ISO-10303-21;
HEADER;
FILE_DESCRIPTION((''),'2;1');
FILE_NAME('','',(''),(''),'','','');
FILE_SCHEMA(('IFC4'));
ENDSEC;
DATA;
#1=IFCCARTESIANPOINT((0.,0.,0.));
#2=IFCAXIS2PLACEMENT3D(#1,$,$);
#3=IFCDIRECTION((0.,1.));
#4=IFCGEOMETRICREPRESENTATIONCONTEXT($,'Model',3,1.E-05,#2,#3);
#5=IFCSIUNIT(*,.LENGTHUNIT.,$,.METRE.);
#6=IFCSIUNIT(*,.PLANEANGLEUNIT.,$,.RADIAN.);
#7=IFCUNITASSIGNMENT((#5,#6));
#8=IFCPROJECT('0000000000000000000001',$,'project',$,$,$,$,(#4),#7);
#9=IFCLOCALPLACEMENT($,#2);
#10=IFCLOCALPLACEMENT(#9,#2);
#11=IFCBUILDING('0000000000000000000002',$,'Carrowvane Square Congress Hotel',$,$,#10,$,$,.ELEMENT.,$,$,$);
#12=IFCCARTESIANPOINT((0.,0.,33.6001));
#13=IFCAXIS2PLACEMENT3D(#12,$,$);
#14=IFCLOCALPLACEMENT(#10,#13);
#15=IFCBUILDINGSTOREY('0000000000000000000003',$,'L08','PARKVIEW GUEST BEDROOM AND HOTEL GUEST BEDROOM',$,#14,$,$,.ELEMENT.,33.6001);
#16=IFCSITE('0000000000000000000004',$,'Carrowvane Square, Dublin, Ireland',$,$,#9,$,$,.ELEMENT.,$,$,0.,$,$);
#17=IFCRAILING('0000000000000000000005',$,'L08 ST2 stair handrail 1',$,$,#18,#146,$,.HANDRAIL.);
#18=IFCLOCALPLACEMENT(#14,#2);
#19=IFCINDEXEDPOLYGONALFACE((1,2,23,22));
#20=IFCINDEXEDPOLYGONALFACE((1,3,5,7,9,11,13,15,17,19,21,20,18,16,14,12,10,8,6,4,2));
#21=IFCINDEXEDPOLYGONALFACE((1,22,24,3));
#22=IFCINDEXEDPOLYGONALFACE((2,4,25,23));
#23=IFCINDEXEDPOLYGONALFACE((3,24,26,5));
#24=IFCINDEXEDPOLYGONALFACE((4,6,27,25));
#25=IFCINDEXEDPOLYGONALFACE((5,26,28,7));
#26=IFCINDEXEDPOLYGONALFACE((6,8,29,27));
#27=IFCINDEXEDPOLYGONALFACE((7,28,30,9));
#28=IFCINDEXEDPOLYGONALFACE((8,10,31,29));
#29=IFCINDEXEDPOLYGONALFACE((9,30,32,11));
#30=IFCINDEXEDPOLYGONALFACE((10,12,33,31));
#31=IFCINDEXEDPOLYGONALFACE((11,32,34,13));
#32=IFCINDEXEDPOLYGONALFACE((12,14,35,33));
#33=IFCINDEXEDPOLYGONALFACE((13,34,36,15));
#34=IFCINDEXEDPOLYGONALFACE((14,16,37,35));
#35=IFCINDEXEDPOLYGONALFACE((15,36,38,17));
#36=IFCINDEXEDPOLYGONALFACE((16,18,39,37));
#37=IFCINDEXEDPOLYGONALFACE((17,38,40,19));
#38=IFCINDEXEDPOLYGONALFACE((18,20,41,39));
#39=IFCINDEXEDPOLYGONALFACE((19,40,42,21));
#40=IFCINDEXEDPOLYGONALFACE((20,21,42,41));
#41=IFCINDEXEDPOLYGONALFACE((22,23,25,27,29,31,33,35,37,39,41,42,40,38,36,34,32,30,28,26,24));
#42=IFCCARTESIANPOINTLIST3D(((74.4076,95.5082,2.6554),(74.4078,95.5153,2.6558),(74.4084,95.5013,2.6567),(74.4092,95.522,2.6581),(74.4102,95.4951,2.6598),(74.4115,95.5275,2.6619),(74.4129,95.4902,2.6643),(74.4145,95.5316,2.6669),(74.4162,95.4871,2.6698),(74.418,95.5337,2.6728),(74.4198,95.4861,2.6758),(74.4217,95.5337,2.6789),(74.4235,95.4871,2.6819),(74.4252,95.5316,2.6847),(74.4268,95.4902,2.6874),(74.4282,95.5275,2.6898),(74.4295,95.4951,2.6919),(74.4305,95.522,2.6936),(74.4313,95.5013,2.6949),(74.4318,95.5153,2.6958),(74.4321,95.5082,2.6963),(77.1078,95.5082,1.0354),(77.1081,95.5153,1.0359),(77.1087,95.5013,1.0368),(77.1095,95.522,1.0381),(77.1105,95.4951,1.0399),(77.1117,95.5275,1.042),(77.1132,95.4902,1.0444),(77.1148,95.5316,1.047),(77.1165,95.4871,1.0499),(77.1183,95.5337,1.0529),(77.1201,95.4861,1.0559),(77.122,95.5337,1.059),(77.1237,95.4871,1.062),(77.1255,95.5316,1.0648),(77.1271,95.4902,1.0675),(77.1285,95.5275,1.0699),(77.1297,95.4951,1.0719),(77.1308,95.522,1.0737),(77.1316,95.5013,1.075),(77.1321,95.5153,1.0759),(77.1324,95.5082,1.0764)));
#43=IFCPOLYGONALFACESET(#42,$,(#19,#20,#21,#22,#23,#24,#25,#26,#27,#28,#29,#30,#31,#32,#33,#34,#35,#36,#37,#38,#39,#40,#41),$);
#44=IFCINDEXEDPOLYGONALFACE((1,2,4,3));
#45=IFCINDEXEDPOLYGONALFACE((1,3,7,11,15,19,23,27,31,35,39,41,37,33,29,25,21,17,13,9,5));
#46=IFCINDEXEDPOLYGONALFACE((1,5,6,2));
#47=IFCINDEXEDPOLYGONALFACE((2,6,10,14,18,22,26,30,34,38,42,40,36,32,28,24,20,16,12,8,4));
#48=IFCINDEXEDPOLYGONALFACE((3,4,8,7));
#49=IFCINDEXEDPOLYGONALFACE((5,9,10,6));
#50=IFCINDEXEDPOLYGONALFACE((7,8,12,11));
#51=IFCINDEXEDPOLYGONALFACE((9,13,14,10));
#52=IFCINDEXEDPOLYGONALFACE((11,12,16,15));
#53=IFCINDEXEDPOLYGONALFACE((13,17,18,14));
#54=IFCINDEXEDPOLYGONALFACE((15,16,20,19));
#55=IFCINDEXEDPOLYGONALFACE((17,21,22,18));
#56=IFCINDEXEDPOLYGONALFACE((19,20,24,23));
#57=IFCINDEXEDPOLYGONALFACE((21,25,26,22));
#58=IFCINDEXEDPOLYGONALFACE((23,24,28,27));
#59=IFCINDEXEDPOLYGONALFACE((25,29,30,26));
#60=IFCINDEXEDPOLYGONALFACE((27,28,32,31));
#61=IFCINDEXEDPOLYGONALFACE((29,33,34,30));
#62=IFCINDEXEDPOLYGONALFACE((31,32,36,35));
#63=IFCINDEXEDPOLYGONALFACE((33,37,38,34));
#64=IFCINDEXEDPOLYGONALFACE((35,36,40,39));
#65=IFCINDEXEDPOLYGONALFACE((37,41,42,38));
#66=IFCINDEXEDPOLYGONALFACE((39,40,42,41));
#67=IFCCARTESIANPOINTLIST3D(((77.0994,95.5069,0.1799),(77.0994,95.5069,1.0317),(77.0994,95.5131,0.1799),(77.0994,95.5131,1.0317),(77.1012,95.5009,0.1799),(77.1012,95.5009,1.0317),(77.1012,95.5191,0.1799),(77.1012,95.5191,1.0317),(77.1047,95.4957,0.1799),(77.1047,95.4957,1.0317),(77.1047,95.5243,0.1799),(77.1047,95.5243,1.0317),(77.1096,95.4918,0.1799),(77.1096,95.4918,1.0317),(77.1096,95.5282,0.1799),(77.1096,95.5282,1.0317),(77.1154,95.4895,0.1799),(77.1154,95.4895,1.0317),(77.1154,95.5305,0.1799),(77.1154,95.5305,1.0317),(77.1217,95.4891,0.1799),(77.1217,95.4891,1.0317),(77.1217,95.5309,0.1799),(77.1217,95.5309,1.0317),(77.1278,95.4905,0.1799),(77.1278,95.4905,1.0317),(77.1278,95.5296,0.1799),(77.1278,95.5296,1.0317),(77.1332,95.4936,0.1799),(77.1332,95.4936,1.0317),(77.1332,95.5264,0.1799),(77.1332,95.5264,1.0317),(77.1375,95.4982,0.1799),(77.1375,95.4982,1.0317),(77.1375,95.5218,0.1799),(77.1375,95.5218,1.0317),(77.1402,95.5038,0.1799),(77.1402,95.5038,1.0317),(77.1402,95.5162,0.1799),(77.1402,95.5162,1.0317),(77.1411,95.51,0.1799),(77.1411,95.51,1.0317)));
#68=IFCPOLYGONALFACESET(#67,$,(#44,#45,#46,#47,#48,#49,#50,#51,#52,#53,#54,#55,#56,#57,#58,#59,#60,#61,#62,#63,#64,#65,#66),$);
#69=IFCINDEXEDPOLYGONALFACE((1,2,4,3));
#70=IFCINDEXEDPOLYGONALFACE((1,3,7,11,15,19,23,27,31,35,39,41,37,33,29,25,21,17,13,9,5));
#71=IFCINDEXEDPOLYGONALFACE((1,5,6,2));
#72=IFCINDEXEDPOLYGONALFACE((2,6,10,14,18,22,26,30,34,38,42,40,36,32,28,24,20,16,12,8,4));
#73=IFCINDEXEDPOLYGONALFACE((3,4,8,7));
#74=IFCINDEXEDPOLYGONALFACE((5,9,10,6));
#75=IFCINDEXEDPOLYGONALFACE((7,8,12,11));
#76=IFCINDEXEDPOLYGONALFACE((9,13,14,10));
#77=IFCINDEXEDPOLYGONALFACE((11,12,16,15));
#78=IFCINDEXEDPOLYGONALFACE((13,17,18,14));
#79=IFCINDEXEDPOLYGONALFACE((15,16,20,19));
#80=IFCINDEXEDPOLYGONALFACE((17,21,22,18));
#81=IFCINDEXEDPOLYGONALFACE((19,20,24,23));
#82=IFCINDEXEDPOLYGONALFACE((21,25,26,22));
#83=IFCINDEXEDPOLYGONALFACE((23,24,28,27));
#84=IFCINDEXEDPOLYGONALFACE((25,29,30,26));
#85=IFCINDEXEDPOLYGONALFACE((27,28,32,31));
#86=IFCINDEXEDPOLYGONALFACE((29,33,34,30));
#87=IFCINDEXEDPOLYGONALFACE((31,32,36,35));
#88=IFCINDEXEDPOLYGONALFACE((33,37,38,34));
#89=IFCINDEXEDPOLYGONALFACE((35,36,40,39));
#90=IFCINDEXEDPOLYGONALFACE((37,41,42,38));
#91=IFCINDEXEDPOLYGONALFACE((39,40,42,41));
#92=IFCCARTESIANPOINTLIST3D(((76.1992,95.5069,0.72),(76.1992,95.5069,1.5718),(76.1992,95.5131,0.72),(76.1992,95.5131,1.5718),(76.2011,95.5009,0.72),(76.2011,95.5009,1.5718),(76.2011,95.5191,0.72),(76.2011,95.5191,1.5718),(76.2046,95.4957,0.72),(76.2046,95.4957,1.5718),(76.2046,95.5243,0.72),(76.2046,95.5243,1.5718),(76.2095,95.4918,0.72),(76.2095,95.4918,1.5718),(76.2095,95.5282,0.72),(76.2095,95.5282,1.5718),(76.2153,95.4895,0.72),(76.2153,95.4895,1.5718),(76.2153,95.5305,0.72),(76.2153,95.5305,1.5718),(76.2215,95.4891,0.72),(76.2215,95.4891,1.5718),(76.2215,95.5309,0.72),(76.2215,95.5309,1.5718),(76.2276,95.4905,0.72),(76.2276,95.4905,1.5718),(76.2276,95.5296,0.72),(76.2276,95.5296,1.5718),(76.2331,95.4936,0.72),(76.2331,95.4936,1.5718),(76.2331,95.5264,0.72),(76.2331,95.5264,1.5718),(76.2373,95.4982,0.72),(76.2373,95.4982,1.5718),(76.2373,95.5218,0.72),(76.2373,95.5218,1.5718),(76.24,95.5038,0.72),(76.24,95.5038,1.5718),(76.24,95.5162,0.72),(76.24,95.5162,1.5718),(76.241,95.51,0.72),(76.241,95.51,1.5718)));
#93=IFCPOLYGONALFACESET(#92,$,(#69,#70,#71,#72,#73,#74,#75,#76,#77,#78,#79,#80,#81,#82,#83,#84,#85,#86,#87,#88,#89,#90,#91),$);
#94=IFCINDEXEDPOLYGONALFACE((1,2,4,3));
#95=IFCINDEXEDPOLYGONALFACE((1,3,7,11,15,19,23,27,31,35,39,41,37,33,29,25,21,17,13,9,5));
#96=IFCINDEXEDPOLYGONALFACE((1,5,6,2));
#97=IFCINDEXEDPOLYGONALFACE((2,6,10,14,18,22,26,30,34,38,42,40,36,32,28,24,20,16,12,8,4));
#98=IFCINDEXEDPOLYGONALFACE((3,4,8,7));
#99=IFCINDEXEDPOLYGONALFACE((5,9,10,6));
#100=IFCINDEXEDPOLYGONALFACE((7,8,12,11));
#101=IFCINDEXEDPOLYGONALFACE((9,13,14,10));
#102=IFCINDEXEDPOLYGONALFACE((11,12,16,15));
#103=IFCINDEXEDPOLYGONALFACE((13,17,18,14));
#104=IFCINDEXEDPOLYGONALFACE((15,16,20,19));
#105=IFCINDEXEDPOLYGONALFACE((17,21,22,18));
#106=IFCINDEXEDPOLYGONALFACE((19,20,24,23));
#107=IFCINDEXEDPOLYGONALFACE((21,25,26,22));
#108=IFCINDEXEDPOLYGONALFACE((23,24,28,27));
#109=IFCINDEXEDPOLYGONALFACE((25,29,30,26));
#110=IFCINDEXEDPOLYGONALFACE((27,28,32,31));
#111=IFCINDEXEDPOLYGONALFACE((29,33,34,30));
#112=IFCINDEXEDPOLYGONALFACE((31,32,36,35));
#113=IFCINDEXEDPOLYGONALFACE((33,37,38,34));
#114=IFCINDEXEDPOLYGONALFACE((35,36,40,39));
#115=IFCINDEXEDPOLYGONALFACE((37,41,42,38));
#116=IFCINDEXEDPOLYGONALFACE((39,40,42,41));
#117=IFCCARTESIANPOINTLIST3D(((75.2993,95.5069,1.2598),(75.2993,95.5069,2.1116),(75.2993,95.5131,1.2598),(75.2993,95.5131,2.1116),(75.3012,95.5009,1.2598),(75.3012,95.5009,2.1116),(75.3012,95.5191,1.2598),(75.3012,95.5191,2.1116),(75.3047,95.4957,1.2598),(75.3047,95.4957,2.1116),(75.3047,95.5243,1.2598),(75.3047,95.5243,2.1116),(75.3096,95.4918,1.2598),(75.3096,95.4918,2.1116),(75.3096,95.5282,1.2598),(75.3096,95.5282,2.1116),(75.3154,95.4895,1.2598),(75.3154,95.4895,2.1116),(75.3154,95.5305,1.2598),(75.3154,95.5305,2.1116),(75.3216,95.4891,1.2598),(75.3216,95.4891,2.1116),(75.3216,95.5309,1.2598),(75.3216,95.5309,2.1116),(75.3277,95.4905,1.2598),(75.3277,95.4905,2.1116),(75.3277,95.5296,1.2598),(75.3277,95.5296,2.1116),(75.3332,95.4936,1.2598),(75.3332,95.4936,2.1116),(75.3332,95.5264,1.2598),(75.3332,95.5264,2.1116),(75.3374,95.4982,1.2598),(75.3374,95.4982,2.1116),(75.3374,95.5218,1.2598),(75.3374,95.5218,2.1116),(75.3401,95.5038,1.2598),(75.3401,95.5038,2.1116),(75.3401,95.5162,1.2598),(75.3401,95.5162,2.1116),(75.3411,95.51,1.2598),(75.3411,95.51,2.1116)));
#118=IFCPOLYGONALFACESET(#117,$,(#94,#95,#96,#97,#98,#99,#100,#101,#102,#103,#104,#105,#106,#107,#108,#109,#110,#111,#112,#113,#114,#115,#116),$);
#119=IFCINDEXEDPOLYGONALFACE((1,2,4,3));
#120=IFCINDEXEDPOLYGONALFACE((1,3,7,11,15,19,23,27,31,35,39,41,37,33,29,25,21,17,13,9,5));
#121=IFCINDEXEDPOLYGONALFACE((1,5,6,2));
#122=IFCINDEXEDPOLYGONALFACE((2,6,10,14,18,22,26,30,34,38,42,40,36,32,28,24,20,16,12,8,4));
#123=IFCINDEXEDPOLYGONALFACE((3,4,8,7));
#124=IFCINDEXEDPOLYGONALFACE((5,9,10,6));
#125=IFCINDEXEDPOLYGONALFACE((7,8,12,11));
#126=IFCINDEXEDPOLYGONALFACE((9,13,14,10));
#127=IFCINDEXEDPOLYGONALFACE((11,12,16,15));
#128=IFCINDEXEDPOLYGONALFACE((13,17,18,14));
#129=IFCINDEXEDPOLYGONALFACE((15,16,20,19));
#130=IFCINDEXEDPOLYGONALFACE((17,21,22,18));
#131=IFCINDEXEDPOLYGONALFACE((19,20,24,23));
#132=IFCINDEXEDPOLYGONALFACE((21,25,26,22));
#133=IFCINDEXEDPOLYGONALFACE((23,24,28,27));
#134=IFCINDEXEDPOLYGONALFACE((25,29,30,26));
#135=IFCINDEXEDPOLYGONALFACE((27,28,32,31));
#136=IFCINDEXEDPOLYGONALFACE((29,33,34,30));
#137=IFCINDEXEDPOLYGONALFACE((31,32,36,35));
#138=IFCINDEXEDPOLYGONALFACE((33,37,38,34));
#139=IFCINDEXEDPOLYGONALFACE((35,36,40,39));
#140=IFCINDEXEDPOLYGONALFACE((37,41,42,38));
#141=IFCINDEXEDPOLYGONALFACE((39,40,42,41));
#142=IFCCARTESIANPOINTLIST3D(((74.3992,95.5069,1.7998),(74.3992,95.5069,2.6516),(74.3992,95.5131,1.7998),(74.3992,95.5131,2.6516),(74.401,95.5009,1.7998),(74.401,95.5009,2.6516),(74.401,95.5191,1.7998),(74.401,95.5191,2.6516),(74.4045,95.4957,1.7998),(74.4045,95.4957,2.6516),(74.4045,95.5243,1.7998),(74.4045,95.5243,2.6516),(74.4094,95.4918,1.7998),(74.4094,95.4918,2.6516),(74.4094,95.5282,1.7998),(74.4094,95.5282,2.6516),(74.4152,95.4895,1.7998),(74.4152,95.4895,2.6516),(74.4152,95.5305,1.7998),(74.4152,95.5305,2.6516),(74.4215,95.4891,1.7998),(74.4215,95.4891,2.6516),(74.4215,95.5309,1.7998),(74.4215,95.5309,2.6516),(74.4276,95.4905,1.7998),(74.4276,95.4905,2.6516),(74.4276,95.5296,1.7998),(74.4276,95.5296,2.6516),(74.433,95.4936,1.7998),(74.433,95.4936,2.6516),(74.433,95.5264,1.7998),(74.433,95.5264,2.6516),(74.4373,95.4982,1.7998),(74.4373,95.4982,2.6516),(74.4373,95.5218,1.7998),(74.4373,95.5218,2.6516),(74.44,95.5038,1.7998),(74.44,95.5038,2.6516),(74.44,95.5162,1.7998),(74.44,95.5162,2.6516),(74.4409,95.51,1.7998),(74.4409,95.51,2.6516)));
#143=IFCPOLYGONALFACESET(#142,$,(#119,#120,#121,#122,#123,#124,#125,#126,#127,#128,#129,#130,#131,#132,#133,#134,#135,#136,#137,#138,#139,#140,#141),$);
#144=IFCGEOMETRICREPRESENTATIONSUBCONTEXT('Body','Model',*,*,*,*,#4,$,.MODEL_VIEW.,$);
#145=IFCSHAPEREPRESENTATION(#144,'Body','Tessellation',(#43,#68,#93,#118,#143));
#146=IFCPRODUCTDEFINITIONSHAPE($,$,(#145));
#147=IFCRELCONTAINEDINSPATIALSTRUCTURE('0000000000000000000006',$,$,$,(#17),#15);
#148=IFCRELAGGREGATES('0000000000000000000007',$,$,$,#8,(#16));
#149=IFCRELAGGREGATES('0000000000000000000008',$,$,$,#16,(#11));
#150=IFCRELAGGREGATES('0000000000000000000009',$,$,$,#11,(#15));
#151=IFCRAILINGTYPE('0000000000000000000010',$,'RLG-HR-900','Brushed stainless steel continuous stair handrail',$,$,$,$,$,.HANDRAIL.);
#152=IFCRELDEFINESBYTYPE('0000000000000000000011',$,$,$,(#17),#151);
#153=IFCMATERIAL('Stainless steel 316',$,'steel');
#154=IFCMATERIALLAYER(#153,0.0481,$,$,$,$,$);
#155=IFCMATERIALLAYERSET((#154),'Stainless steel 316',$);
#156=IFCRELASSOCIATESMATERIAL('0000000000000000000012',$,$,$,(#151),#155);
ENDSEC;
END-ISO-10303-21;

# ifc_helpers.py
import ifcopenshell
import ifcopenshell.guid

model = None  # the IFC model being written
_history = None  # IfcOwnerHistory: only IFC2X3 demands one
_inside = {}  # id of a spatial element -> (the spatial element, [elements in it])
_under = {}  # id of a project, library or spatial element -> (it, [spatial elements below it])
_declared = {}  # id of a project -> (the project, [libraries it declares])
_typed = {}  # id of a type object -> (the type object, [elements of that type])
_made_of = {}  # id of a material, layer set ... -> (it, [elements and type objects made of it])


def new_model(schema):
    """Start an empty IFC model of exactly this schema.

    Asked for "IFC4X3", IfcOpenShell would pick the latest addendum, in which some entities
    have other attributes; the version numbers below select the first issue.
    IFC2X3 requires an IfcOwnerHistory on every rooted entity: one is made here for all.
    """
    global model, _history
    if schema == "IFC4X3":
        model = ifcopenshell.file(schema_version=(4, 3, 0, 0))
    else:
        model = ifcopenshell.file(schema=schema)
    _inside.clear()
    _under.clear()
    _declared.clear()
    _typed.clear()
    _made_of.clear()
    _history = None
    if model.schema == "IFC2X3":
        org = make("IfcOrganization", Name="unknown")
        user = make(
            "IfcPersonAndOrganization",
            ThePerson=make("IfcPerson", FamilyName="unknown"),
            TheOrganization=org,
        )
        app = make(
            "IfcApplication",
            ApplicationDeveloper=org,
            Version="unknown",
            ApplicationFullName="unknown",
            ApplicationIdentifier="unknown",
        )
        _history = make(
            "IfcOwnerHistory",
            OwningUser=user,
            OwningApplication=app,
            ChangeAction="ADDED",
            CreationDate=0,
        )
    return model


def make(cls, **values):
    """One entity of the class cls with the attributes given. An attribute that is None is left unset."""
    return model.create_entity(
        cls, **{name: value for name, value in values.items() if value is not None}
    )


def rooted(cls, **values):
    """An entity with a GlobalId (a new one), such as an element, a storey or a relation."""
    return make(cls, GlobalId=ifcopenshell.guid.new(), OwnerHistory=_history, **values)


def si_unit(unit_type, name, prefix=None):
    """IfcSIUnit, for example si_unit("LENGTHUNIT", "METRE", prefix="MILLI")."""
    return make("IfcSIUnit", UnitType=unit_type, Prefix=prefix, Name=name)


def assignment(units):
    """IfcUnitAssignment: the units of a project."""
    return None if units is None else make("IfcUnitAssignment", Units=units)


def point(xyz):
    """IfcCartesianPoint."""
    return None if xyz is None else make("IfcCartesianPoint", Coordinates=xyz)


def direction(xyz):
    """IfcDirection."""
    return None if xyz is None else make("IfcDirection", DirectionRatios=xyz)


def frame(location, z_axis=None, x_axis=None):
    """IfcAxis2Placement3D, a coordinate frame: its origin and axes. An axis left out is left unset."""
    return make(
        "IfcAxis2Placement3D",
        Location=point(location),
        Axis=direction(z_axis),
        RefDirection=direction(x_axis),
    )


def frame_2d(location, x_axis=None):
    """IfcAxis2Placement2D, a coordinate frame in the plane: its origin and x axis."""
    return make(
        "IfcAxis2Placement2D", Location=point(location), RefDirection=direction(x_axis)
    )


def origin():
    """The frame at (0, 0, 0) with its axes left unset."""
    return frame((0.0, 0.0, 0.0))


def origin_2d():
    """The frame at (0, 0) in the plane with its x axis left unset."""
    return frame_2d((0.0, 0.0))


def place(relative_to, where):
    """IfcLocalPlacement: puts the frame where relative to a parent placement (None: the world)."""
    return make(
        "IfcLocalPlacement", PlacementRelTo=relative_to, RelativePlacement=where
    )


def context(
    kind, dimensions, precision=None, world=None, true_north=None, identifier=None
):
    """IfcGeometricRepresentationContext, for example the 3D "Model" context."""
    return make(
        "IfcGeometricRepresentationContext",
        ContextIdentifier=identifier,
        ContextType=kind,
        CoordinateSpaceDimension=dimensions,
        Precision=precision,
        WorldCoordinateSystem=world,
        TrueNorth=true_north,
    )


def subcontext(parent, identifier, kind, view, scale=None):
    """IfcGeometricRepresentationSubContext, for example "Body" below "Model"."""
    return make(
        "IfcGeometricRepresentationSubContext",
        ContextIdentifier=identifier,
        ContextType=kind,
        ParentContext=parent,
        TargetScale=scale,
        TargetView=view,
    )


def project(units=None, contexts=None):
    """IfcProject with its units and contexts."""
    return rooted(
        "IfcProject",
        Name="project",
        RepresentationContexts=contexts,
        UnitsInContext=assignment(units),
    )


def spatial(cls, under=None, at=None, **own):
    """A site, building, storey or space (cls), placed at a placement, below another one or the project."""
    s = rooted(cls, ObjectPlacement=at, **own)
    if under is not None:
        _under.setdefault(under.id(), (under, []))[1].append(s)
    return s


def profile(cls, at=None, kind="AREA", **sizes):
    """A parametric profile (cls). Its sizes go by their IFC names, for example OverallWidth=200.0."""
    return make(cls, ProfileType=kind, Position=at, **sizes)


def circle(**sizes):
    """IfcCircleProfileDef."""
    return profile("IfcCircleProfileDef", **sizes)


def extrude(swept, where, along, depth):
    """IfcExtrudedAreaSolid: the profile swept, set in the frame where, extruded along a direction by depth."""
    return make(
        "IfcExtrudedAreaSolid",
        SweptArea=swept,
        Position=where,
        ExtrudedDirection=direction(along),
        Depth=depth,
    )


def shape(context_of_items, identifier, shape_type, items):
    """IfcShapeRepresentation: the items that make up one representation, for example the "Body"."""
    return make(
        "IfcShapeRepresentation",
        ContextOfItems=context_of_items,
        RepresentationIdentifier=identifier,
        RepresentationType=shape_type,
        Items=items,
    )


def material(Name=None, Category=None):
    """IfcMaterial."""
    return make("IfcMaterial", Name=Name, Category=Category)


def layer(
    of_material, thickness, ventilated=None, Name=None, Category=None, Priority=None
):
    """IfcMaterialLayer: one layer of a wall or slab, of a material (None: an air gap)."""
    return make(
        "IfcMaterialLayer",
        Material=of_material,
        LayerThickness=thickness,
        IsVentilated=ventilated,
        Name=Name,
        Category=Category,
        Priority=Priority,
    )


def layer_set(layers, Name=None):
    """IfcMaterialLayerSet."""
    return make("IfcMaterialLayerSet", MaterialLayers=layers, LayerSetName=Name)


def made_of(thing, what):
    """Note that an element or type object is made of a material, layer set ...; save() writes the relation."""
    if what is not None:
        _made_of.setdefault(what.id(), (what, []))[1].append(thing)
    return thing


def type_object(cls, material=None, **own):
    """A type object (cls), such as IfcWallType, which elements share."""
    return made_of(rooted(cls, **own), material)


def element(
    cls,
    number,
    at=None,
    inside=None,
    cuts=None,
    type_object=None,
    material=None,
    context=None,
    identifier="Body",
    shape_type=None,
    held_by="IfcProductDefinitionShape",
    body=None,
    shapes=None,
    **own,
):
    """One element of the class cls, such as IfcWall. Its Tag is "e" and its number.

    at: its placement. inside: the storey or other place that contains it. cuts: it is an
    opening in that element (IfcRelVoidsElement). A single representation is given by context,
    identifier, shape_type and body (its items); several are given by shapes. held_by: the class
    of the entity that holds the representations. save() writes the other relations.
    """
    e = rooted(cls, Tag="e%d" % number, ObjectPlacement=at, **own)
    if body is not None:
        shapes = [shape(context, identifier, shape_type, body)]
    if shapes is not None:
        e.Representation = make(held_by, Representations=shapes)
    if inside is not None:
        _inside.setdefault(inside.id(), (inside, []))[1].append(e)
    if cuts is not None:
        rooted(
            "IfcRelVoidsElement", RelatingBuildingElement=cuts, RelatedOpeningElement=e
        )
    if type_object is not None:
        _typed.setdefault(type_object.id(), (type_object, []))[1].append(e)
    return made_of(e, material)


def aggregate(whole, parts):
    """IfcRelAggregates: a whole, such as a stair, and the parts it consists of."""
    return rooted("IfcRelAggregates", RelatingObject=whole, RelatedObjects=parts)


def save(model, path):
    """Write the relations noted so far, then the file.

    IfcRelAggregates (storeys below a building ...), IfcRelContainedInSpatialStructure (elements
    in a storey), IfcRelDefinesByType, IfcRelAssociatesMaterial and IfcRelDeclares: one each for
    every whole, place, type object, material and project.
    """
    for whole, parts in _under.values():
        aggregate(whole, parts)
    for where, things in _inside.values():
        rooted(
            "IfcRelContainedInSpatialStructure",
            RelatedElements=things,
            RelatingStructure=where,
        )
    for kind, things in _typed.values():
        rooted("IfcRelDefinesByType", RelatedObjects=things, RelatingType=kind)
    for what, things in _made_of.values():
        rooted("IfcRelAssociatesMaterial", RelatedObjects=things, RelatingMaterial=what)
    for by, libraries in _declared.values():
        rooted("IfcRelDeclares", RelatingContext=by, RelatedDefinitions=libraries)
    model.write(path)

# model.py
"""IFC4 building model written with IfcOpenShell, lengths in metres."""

from ifc_helpers import new_model, si_unit, direction, frame, origin, origin_2d, place, context, subcontext, project, spatial, circle, extrude, material, layer, layer_set, type_object, element, save


model = new_model("IFC4")

# Units and contexts
model_context = context("Model", 3, precision=1e-05, world=origin(), true_north=direction((0.0, 1.0)))
body_context = subcontext(model_context, "Body", "Model", "MODEL_VIEW")
ifc_project = project(units=[si_unit("LENGTHUNIT", "METRE"), si_unit("PLANEANGLEUNIT", "RADIAN")], contexts=[model_context])

# Site, building, storey
site_placement = place(None, origin())
site = spatial("IfcSite", under=ifc_project, at=site_placement, Name="Carrowvane Square, Dublin, Ireland", CompositionType="ELEMENT", RefElevation=0.0)
building_placement = place(site_placement, origin())
building = spatial("IfcBuilding", under=site, at=building_placement, Name="Carrowvane Square Congress Hotel", CompositionType="ELEMENT")
storey_placement = place(building_placement, frame((0.0, 0.0, 33.6001)))
storey = spatial("IfcBuildingStorey", under=building, at=storey_placement, Name="L08", Description="PARKVIEW GUEST BEDROOM AND HOTEL GUEST BEDROOM", CompositionType="ELEMENT", Elevation=33.6001)

# Railing
ifc_material_1 = material(Name="Stainless steel 316", Category="steel")
ifc_layer_1 = layer(ifc_material_1, 0.0481)
ifc_layer_set_1 = layer_set([ifc_layer_1], Name="Stainless steel 316")
railing_type_1 = type_object("IfcRailingType", Name="RLG-HR-900", Description="Brushed stainless steel continuous stair handrail", PredefinedType="HANDRAIL", material=ifc_layer_set_1)
railing_1_placement = place(storey_placement, frame((77.1201, 95.51, 0.1799)))
element("IfcRailing", 1, at=railing_1_placement, inside=storey, type_object=railing_type_1, Name="L08 ST2 stair handrail 1", PredefinedType="HANDRAIL", context=body_context, shape_type="SweptSolid", body=[
    extrude(circle(Radius=0.0239, at=origin_2d()), frame((0.0, 0.0, 0.876), z_axis=(-0.857527, 0.0, 0.514439), x_axis=(0.0, -1.0, 0.0)), (0.0, 0.0, 1.0), 3.1489),
    extrude(circle(Radius=0.021, at=origin_2d()), origin(), (0.0, 0.0, 1.0), 0.8518),
    extrude(circle(Radius=0.021, at=origin_2d()), frame((-0.9001, 0.0, 0.54)), (0.0, 0.0, 1.0), 0.8518),
    extrude(circle(Radius=0.021, at=origin_2d()), frame((-1.8, 0.0, 1.0798)), (0.0, 0.0, 1.0), 0.8518),
    extrude(circle(Radius=0.021, at=origin_2d()), frame((-2.7002, 0.0, 1.6199)), (0.0, 0.0, 1.0), 0.8518),
])

save(model, "model.ifc")
